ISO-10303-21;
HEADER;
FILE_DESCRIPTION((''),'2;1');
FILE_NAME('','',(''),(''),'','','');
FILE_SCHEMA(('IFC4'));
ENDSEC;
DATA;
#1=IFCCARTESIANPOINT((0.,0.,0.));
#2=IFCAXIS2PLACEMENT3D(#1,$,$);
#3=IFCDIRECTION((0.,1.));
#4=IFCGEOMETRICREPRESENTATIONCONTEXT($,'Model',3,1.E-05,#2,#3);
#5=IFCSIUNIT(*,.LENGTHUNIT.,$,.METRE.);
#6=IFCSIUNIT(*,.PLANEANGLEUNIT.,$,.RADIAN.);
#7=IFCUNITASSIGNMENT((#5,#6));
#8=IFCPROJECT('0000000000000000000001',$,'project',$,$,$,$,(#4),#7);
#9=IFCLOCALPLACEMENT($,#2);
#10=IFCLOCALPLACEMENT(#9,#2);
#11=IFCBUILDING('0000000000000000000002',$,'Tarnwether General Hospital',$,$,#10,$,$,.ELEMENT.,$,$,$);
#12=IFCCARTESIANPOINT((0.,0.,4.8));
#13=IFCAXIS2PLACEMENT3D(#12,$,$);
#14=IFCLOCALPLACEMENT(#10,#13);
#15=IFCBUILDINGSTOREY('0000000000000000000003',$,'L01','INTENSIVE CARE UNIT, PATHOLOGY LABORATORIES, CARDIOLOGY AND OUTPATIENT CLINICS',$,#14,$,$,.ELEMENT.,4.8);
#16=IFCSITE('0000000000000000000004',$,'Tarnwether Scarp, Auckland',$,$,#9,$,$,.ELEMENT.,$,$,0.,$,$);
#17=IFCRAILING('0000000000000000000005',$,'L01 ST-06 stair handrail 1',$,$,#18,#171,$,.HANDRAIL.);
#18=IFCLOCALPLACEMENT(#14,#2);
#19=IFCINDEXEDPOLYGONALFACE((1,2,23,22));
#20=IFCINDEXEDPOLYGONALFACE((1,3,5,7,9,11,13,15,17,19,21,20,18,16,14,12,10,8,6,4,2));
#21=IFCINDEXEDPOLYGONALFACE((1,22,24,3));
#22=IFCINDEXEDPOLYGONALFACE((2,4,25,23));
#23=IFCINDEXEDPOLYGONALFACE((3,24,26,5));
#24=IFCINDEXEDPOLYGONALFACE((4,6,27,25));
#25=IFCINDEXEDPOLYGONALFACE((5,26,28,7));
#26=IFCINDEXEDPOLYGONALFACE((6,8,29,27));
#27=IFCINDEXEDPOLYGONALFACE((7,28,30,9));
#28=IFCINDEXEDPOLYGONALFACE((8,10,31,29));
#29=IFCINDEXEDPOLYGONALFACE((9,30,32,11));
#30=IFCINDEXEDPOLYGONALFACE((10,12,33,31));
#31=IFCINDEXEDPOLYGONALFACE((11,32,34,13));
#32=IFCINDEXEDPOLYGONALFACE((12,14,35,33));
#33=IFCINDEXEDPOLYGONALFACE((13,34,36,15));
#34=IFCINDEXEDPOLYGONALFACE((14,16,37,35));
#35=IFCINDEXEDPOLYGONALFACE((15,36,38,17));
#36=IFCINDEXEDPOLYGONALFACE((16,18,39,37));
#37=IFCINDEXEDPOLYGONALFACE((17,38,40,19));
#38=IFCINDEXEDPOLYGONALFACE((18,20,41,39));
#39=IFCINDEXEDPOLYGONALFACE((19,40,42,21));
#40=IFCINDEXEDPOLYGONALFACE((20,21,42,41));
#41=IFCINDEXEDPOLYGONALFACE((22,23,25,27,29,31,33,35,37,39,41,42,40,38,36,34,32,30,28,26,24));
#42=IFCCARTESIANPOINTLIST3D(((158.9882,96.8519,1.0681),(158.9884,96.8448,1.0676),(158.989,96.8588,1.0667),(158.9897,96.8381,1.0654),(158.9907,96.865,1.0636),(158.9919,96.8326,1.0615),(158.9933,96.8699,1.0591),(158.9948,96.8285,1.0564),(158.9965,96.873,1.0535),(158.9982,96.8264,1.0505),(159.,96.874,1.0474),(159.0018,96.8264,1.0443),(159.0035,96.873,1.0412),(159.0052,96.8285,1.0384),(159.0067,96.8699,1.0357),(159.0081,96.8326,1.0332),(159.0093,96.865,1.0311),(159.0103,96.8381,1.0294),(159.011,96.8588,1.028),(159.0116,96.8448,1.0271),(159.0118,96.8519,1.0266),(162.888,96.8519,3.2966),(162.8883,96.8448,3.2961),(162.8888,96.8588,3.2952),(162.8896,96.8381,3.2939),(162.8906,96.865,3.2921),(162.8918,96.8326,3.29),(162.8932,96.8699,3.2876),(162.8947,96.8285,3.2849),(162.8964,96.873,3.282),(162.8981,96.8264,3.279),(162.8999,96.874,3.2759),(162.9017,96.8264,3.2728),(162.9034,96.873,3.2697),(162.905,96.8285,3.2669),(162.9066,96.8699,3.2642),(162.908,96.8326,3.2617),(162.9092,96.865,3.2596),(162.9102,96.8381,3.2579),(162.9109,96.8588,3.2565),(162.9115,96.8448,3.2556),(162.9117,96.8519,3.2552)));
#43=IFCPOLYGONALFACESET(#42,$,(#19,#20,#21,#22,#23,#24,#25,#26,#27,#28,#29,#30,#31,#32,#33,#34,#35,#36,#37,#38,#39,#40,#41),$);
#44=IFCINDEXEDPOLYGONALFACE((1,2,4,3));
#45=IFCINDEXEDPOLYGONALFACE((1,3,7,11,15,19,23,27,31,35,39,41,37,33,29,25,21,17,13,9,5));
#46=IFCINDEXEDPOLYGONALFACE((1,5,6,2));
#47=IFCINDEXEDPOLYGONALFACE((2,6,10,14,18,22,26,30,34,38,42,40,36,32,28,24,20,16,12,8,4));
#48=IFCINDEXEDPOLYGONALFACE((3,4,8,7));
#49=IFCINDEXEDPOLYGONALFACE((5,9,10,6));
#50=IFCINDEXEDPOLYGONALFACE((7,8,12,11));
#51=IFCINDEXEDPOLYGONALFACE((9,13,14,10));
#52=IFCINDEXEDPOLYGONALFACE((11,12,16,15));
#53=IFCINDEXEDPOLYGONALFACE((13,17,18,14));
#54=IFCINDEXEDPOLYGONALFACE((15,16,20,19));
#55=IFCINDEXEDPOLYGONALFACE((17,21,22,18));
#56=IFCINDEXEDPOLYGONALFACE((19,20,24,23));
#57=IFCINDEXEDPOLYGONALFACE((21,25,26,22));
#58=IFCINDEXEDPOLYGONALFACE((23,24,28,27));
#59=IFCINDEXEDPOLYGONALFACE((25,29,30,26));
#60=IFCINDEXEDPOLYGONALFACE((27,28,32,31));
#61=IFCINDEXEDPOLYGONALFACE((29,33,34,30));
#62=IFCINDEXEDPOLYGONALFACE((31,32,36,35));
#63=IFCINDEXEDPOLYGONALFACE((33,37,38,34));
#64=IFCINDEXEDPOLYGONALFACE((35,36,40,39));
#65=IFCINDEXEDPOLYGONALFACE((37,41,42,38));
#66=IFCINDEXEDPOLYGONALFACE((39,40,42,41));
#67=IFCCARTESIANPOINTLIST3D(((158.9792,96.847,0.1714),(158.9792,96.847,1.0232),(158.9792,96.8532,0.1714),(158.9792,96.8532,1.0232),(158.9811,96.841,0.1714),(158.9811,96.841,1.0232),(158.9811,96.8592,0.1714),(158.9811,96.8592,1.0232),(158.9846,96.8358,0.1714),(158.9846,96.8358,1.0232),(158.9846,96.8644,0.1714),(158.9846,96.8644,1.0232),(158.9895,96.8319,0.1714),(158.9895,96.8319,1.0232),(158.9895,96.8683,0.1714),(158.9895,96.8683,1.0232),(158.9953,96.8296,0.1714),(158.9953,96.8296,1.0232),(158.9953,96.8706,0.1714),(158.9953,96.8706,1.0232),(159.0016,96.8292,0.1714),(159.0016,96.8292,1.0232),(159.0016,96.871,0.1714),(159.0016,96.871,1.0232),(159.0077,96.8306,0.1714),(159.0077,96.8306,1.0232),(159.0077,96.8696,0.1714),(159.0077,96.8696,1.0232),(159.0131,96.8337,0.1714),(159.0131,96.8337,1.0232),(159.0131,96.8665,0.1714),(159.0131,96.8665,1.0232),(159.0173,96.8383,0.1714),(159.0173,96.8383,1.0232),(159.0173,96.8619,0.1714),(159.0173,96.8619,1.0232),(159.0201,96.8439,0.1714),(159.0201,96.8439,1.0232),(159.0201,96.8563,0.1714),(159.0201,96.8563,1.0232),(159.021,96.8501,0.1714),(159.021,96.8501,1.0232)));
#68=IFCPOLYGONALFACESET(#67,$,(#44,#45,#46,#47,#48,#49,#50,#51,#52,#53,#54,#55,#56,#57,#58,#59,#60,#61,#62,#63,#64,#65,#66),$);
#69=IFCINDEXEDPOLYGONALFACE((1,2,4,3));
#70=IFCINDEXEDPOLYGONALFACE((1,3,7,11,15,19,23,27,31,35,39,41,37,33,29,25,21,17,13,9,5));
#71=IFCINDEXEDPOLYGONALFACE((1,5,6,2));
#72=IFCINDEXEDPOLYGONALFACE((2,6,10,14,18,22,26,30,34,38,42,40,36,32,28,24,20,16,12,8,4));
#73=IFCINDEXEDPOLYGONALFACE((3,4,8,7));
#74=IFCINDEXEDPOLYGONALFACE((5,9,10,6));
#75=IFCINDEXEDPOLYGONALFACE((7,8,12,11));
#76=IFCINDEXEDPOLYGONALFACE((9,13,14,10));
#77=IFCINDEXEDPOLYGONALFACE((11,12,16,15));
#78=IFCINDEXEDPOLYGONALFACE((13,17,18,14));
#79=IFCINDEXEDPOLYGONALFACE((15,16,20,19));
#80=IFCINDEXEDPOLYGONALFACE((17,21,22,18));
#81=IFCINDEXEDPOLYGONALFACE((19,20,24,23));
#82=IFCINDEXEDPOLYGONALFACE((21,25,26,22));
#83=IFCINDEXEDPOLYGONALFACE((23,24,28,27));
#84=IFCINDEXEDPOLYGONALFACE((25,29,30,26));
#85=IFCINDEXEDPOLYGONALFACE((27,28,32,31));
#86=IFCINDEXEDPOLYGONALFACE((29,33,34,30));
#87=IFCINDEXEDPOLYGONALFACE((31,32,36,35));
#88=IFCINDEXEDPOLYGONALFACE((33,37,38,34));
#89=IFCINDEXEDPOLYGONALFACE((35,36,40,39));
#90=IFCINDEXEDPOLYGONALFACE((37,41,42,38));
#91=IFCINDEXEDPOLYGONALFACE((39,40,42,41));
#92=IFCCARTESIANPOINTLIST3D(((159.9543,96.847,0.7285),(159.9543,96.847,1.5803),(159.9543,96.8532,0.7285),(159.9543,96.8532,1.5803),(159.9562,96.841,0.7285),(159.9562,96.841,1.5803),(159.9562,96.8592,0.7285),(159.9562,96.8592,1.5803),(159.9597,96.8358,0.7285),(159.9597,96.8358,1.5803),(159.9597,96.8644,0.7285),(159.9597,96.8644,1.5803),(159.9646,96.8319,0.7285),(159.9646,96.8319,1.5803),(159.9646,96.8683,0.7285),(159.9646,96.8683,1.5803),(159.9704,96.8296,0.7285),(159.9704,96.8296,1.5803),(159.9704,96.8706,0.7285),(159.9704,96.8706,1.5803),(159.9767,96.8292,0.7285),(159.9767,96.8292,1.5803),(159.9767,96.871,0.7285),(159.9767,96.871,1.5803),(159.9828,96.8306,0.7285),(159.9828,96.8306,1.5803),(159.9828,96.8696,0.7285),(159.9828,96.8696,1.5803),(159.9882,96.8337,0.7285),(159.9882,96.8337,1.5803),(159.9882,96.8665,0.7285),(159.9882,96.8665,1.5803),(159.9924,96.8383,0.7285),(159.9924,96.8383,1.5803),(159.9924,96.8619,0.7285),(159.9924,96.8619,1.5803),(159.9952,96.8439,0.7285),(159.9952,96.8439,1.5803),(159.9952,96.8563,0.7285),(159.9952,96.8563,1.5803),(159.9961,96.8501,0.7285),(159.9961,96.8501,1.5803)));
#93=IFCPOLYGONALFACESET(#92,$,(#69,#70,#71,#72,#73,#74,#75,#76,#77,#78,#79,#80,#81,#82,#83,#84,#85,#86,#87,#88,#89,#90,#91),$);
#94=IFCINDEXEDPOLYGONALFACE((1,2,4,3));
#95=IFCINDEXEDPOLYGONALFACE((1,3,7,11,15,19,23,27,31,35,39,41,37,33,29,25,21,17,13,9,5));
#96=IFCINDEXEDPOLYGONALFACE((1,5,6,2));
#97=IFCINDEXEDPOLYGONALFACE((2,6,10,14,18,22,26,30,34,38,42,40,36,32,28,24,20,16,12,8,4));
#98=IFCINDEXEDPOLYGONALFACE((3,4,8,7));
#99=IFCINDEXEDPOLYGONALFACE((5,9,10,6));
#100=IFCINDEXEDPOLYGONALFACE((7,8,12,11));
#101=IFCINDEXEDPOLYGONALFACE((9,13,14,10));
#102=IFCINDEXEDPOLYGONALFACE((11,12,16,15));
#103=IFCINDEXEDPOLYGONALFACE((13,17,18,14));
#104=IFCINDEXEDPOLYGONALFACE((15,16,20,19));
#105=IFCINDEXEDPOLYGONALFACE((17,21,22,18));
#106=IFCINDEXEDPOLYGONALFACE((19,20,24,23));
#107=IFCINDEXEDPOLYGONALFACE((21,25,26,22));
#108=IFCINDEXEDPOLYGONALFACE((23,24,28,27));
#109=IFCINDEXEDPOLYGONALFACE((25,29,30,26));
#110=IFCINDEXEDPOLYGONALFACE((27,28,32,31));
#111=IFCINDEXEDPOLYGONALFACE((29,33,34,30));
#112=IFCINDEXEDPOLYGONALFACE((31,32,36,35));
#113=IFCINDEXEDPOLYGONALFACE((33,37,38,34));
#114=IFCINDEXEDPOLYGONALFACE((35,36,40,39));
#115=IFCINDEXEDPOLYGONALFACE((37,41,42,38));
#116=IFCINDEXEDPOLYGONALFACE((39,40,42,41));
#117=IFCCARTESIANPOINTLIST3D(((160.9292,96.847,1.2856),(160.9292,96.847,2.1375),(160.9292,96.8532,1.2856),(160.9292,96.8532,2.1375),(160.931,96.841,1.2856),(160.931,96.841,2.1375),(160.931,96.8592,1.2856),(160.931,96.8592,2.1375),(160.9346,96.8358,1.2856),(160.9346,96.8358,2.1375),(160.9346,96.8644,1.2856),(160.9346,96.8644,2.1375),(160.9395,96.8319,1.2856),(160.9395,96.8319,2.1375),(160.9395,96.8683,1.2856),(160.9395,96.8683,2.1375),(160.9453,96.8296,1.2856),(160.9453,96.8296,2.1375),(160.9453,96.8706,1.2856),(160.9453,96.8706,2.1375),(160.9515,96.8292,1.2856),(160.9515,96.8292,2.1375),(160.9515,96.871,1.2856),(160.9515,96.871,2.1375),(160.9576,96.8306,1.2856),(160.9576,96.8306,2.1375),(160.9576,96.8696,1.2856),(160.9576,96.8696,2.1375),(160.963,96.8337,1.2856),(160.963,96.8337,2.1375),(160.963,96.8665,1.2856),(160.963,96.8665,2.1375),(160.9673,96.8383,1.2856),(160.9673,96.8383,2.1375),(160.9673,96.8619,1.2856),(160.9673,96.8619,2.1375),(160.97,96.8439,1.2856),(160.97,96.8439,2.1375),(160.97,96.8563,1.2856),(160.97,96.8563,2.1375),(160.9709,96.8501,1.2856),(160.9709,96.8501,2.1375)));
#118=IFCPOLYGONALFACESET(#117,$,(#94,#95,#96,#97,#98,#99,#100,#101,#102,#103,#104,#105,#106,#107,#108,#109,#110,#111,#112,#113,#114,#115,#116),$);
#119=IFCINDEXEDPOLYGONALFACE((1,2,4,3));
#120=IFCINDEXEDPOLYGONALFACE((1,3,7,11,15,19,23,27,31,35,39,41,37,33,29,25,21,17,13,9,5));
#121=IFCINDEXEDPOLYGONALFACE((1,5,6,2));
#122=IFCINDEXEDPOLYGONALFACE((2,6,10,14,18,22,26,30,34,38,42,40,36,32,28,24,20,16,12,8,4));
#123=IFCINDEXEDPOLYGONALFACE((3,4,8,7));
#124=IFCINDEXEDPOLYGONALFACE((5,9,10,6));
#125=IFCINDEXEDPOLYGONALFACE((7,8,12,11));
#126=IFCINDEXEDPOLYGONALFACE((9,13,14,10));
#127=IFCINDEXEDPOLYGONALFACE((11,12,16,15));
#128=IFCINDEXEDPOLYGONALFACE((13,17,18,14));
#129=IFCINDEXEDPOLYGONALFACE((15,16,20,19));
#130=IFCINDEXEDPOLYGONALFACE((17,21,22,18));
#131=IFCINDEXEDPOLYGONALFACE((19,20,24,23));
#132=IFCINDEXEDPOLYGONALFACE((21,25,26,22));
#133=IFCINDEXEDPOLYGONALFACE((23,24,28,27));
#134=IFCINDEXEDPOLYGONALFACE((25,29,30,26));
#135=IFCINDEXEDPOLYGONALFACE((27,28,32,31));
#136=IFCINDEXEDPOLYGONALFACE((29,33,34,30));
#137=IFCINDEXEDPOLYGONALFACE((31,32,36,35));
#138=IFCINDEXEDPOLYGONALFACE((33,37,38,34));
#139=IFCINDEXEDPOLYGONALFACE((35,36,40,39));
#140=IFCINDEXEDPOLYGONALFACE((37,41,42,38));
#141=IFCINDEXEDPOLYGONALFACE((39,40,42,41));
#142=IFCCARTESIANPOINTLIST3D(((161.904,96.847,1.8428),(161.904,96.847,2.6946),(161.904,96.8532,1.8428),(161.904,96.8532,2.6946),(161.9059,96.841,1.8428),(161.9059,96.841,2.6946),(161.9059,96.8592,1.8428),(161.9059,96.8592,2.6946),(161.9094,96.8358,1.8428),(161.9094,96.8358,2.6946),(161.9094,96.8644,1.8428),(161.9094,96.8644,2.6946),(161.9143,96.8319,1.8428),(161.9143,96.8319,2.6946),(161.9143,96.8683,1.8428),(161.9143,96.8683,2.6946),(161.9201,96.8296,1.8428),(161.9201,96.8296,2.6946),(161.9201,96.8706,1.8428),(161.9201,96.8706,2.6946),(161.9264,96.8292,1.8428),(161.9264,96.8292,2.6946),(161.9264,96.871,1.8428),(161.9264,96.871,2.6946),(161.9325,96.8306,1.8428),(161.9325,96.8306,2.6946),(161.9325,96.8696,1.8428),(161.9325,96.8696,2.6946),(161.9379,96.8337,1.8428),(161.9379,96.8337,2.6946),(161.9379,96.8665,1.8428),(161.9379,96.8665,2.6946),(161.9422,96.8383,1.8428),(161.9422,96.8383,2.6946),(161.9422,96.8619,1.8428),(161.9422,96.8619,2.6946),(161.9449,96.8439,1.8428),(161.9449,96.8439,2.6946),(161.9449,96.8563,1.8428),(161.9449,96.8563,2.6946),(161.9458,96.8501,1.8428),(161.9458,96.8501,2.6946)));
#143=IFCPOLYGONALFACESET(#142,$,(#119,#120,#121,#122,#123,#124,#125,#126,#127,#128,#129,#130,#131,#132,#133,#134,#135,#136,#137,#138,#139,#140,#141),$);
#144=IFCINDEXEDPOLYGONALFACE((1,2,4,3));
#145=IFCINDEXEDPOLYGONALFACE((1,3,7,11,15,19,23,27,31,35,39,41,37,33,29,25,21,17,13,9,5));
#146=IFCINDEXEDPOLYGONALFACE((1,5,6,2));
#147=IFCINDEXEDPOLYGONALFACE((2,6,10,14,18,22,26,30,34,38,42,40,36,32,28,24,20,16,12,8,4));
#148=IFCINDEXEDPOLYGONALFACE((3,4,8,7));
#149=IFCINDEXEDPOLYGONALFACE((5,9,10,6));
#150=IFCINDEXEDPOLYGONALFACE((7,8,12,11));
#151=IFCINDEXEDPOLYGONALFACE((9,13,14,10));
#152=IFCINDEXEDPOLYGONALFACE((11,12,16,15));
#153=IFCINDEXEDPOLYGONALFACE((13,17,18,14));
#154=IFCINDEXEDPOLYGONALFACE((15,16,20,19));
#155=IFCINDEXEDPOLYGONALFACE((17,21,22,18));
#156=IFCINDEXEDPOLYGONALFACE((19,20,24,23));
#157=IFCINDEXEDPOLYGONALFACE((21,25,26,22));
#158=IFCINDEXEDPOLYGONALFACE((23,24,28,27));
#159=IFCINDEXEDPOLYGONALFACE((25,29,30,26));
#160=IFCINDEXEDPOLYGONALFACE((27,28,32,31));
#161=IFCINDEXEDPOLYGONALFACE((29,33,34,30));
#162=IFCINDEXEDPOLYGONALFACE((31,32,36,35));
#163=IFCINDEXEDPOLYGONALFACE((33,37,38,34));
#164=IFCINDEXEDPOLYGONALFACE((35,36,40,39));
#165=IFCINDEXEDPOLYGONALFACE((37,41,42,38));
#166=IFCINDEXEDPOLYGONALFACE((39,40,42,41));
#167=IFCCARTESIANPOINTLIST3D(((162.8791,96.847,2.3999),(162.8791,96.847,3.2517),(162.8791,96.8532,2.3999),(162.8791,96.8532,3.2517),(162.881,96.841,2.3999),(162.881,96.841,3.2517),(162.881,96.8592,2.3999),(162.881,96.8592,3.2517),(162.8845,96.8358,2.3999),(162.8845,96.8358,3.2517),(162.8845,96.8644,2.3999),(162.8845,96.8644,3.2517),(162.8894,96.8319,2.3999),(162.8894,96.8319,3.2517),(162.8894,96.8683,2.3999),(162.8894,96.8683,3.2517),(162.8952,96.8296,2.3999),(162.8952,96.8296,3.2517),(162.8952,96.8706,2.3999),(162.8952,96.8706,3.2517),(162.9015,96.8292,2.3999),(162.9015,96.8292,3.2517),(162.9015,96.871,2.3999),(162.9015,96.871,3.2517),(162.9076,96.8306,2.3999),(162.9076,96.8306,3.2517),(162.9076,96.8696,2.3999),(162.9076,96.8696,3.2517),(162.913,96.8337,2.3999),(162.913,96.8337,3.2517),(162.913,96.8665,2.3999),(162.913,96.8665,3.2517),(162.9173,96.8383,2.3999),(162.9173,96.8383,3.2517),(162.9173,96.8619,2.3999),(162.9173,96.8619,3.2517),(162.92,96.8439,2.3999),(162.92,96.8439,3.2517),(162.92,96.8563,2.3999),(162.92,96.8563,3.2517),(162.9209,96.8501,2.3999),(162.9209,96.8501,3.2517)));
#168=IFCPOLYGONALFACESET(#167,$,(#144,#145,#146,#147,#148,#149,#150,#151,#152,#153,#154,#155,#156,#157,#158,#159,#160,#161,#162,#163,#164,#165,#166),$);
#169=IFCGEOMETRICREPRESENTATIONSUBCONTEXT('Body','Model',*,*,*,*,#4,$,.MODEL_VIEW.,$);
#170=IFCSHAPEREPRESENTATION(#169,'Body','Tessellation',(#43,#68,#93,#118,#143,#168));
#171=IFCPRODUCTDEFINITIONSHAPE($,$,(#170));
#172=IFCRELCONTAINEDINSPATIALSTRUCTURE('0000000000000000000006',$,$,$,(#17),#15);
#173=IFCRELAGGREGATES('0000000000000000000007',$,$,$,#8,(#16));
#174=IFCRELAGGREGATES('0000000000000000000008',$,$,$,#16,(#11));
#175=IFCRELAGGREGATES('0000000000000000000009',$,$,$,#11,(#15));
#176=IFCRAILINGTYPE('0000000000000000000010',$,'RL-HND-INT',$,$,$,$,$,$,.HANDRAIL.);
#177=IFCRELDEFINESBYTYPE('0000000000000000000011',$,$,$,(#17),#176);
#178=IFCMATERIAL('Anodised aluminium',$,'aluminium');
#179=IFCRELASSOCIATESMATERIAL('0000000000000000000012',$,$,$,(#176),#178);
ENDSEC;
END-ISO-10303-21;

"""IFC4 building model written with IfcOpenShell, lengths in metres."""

from ifc_helpers import new_model, si_unit, direction, frame, origin, origin_2d, place, context, subcontext, project, spatial, circle, extrude, material, type_object, element, save


model = new_model("IFC4")

# Units and contexts
model_context = context("Model", 3, precision=1e-05, world=origin(), true_north=direction((0.0, 1.0)))
body_context = subcontext(model_context, "Body", "Model", "MODEL_VIEW")
ifc_project = project(units=[si_unit("LENGTHUNIT", "METRE"), si_unit("PLANEANGLEUNIT", "RADIAN")], contexts=[model_context])

# Site, building, storey
site_placement = place(None, origin())
site = spatial("IfcSite", under=ifc_project, at=site_placement, Name="Tarnwether Scarp, Auckland", CompositionType="ELEMENT", RefElevation=0.0)
building_placement = place(site_placement, origin())
building = spatial("IfcBuilding", under=site, at=building_placement, Name="Tarnwether General Hospital", CompositionType="ELEMENT")
storey_placement = place(building_placement, frame((0.0, 0.0, 4.8)))
storey = spatial("IfcBuildingStorey", under=building, at=storey_placement, Name="L01", Description="INTENSIVE CARE UNIT, PATHOLOGY LABORATORIES, CARDIOLOGY AND OUTPATIENT CLINICS", CompositionType="ELEMENT", Elevation=4.8)

# Railing
ifc_material_1 = material(Name="Anodised aluminium", Category="aluminium")
railing_type_1 = type_object("IfcRailingType", Name="RL-HND-INT", PredefinedType="HANDRAIL", material=ifc_material_1)
railing_1_placement = place(storey_placement, frame((159.0, 96.8501, 0.1714)))
element("IfcRailing", 1, at=railing_1_placement, inside=storey, type_object=railing_type_1, Name="L01 ST-06 stair handrail 1", PredefinedType="HANDRAIL", context=body_context, shape_type="SweptSolid", body=[
    extrude(circle(Radius=0.0239, at=origin_2d()), frame((0.0, 0.0, 0.876), z_axis=(0.868243, 0.0, 0.496139), x_axis=(0.0, 1.0, 0.0)), (0.0, 0.0, 1.0), 4.4917),
    extrude(circle(Radius=0.021, at=origin_2d()), origin(), (0.0, 0.0, 1.0), 0.8518),
    extrude(circle(Radius=0.021, at=origin_2d()), frame((0.9751, 0.0, 0.5571)), (0.0, 0.0, 1.0), 0.8518),
    extrude(circle(Radius=0.021, at=origin_2d()), frame((1.95, 0.0, 1.1143)), (0.0, 0.0, 1.0), 0.8518),
    extrude(circle(Radius=0.021, at=origin_2d()), frame((2.9248, 0.0, 1.6714)), (0.0, 0.0, 1.0), 0.8518),
    extrude(circle(Radius=0.021, at=origin_2d()), frame((3.8999, 0.0, 2.2285)), (0.0, 0.0, 1.0), 0.8518),
])

save(model, "model.ifc")
